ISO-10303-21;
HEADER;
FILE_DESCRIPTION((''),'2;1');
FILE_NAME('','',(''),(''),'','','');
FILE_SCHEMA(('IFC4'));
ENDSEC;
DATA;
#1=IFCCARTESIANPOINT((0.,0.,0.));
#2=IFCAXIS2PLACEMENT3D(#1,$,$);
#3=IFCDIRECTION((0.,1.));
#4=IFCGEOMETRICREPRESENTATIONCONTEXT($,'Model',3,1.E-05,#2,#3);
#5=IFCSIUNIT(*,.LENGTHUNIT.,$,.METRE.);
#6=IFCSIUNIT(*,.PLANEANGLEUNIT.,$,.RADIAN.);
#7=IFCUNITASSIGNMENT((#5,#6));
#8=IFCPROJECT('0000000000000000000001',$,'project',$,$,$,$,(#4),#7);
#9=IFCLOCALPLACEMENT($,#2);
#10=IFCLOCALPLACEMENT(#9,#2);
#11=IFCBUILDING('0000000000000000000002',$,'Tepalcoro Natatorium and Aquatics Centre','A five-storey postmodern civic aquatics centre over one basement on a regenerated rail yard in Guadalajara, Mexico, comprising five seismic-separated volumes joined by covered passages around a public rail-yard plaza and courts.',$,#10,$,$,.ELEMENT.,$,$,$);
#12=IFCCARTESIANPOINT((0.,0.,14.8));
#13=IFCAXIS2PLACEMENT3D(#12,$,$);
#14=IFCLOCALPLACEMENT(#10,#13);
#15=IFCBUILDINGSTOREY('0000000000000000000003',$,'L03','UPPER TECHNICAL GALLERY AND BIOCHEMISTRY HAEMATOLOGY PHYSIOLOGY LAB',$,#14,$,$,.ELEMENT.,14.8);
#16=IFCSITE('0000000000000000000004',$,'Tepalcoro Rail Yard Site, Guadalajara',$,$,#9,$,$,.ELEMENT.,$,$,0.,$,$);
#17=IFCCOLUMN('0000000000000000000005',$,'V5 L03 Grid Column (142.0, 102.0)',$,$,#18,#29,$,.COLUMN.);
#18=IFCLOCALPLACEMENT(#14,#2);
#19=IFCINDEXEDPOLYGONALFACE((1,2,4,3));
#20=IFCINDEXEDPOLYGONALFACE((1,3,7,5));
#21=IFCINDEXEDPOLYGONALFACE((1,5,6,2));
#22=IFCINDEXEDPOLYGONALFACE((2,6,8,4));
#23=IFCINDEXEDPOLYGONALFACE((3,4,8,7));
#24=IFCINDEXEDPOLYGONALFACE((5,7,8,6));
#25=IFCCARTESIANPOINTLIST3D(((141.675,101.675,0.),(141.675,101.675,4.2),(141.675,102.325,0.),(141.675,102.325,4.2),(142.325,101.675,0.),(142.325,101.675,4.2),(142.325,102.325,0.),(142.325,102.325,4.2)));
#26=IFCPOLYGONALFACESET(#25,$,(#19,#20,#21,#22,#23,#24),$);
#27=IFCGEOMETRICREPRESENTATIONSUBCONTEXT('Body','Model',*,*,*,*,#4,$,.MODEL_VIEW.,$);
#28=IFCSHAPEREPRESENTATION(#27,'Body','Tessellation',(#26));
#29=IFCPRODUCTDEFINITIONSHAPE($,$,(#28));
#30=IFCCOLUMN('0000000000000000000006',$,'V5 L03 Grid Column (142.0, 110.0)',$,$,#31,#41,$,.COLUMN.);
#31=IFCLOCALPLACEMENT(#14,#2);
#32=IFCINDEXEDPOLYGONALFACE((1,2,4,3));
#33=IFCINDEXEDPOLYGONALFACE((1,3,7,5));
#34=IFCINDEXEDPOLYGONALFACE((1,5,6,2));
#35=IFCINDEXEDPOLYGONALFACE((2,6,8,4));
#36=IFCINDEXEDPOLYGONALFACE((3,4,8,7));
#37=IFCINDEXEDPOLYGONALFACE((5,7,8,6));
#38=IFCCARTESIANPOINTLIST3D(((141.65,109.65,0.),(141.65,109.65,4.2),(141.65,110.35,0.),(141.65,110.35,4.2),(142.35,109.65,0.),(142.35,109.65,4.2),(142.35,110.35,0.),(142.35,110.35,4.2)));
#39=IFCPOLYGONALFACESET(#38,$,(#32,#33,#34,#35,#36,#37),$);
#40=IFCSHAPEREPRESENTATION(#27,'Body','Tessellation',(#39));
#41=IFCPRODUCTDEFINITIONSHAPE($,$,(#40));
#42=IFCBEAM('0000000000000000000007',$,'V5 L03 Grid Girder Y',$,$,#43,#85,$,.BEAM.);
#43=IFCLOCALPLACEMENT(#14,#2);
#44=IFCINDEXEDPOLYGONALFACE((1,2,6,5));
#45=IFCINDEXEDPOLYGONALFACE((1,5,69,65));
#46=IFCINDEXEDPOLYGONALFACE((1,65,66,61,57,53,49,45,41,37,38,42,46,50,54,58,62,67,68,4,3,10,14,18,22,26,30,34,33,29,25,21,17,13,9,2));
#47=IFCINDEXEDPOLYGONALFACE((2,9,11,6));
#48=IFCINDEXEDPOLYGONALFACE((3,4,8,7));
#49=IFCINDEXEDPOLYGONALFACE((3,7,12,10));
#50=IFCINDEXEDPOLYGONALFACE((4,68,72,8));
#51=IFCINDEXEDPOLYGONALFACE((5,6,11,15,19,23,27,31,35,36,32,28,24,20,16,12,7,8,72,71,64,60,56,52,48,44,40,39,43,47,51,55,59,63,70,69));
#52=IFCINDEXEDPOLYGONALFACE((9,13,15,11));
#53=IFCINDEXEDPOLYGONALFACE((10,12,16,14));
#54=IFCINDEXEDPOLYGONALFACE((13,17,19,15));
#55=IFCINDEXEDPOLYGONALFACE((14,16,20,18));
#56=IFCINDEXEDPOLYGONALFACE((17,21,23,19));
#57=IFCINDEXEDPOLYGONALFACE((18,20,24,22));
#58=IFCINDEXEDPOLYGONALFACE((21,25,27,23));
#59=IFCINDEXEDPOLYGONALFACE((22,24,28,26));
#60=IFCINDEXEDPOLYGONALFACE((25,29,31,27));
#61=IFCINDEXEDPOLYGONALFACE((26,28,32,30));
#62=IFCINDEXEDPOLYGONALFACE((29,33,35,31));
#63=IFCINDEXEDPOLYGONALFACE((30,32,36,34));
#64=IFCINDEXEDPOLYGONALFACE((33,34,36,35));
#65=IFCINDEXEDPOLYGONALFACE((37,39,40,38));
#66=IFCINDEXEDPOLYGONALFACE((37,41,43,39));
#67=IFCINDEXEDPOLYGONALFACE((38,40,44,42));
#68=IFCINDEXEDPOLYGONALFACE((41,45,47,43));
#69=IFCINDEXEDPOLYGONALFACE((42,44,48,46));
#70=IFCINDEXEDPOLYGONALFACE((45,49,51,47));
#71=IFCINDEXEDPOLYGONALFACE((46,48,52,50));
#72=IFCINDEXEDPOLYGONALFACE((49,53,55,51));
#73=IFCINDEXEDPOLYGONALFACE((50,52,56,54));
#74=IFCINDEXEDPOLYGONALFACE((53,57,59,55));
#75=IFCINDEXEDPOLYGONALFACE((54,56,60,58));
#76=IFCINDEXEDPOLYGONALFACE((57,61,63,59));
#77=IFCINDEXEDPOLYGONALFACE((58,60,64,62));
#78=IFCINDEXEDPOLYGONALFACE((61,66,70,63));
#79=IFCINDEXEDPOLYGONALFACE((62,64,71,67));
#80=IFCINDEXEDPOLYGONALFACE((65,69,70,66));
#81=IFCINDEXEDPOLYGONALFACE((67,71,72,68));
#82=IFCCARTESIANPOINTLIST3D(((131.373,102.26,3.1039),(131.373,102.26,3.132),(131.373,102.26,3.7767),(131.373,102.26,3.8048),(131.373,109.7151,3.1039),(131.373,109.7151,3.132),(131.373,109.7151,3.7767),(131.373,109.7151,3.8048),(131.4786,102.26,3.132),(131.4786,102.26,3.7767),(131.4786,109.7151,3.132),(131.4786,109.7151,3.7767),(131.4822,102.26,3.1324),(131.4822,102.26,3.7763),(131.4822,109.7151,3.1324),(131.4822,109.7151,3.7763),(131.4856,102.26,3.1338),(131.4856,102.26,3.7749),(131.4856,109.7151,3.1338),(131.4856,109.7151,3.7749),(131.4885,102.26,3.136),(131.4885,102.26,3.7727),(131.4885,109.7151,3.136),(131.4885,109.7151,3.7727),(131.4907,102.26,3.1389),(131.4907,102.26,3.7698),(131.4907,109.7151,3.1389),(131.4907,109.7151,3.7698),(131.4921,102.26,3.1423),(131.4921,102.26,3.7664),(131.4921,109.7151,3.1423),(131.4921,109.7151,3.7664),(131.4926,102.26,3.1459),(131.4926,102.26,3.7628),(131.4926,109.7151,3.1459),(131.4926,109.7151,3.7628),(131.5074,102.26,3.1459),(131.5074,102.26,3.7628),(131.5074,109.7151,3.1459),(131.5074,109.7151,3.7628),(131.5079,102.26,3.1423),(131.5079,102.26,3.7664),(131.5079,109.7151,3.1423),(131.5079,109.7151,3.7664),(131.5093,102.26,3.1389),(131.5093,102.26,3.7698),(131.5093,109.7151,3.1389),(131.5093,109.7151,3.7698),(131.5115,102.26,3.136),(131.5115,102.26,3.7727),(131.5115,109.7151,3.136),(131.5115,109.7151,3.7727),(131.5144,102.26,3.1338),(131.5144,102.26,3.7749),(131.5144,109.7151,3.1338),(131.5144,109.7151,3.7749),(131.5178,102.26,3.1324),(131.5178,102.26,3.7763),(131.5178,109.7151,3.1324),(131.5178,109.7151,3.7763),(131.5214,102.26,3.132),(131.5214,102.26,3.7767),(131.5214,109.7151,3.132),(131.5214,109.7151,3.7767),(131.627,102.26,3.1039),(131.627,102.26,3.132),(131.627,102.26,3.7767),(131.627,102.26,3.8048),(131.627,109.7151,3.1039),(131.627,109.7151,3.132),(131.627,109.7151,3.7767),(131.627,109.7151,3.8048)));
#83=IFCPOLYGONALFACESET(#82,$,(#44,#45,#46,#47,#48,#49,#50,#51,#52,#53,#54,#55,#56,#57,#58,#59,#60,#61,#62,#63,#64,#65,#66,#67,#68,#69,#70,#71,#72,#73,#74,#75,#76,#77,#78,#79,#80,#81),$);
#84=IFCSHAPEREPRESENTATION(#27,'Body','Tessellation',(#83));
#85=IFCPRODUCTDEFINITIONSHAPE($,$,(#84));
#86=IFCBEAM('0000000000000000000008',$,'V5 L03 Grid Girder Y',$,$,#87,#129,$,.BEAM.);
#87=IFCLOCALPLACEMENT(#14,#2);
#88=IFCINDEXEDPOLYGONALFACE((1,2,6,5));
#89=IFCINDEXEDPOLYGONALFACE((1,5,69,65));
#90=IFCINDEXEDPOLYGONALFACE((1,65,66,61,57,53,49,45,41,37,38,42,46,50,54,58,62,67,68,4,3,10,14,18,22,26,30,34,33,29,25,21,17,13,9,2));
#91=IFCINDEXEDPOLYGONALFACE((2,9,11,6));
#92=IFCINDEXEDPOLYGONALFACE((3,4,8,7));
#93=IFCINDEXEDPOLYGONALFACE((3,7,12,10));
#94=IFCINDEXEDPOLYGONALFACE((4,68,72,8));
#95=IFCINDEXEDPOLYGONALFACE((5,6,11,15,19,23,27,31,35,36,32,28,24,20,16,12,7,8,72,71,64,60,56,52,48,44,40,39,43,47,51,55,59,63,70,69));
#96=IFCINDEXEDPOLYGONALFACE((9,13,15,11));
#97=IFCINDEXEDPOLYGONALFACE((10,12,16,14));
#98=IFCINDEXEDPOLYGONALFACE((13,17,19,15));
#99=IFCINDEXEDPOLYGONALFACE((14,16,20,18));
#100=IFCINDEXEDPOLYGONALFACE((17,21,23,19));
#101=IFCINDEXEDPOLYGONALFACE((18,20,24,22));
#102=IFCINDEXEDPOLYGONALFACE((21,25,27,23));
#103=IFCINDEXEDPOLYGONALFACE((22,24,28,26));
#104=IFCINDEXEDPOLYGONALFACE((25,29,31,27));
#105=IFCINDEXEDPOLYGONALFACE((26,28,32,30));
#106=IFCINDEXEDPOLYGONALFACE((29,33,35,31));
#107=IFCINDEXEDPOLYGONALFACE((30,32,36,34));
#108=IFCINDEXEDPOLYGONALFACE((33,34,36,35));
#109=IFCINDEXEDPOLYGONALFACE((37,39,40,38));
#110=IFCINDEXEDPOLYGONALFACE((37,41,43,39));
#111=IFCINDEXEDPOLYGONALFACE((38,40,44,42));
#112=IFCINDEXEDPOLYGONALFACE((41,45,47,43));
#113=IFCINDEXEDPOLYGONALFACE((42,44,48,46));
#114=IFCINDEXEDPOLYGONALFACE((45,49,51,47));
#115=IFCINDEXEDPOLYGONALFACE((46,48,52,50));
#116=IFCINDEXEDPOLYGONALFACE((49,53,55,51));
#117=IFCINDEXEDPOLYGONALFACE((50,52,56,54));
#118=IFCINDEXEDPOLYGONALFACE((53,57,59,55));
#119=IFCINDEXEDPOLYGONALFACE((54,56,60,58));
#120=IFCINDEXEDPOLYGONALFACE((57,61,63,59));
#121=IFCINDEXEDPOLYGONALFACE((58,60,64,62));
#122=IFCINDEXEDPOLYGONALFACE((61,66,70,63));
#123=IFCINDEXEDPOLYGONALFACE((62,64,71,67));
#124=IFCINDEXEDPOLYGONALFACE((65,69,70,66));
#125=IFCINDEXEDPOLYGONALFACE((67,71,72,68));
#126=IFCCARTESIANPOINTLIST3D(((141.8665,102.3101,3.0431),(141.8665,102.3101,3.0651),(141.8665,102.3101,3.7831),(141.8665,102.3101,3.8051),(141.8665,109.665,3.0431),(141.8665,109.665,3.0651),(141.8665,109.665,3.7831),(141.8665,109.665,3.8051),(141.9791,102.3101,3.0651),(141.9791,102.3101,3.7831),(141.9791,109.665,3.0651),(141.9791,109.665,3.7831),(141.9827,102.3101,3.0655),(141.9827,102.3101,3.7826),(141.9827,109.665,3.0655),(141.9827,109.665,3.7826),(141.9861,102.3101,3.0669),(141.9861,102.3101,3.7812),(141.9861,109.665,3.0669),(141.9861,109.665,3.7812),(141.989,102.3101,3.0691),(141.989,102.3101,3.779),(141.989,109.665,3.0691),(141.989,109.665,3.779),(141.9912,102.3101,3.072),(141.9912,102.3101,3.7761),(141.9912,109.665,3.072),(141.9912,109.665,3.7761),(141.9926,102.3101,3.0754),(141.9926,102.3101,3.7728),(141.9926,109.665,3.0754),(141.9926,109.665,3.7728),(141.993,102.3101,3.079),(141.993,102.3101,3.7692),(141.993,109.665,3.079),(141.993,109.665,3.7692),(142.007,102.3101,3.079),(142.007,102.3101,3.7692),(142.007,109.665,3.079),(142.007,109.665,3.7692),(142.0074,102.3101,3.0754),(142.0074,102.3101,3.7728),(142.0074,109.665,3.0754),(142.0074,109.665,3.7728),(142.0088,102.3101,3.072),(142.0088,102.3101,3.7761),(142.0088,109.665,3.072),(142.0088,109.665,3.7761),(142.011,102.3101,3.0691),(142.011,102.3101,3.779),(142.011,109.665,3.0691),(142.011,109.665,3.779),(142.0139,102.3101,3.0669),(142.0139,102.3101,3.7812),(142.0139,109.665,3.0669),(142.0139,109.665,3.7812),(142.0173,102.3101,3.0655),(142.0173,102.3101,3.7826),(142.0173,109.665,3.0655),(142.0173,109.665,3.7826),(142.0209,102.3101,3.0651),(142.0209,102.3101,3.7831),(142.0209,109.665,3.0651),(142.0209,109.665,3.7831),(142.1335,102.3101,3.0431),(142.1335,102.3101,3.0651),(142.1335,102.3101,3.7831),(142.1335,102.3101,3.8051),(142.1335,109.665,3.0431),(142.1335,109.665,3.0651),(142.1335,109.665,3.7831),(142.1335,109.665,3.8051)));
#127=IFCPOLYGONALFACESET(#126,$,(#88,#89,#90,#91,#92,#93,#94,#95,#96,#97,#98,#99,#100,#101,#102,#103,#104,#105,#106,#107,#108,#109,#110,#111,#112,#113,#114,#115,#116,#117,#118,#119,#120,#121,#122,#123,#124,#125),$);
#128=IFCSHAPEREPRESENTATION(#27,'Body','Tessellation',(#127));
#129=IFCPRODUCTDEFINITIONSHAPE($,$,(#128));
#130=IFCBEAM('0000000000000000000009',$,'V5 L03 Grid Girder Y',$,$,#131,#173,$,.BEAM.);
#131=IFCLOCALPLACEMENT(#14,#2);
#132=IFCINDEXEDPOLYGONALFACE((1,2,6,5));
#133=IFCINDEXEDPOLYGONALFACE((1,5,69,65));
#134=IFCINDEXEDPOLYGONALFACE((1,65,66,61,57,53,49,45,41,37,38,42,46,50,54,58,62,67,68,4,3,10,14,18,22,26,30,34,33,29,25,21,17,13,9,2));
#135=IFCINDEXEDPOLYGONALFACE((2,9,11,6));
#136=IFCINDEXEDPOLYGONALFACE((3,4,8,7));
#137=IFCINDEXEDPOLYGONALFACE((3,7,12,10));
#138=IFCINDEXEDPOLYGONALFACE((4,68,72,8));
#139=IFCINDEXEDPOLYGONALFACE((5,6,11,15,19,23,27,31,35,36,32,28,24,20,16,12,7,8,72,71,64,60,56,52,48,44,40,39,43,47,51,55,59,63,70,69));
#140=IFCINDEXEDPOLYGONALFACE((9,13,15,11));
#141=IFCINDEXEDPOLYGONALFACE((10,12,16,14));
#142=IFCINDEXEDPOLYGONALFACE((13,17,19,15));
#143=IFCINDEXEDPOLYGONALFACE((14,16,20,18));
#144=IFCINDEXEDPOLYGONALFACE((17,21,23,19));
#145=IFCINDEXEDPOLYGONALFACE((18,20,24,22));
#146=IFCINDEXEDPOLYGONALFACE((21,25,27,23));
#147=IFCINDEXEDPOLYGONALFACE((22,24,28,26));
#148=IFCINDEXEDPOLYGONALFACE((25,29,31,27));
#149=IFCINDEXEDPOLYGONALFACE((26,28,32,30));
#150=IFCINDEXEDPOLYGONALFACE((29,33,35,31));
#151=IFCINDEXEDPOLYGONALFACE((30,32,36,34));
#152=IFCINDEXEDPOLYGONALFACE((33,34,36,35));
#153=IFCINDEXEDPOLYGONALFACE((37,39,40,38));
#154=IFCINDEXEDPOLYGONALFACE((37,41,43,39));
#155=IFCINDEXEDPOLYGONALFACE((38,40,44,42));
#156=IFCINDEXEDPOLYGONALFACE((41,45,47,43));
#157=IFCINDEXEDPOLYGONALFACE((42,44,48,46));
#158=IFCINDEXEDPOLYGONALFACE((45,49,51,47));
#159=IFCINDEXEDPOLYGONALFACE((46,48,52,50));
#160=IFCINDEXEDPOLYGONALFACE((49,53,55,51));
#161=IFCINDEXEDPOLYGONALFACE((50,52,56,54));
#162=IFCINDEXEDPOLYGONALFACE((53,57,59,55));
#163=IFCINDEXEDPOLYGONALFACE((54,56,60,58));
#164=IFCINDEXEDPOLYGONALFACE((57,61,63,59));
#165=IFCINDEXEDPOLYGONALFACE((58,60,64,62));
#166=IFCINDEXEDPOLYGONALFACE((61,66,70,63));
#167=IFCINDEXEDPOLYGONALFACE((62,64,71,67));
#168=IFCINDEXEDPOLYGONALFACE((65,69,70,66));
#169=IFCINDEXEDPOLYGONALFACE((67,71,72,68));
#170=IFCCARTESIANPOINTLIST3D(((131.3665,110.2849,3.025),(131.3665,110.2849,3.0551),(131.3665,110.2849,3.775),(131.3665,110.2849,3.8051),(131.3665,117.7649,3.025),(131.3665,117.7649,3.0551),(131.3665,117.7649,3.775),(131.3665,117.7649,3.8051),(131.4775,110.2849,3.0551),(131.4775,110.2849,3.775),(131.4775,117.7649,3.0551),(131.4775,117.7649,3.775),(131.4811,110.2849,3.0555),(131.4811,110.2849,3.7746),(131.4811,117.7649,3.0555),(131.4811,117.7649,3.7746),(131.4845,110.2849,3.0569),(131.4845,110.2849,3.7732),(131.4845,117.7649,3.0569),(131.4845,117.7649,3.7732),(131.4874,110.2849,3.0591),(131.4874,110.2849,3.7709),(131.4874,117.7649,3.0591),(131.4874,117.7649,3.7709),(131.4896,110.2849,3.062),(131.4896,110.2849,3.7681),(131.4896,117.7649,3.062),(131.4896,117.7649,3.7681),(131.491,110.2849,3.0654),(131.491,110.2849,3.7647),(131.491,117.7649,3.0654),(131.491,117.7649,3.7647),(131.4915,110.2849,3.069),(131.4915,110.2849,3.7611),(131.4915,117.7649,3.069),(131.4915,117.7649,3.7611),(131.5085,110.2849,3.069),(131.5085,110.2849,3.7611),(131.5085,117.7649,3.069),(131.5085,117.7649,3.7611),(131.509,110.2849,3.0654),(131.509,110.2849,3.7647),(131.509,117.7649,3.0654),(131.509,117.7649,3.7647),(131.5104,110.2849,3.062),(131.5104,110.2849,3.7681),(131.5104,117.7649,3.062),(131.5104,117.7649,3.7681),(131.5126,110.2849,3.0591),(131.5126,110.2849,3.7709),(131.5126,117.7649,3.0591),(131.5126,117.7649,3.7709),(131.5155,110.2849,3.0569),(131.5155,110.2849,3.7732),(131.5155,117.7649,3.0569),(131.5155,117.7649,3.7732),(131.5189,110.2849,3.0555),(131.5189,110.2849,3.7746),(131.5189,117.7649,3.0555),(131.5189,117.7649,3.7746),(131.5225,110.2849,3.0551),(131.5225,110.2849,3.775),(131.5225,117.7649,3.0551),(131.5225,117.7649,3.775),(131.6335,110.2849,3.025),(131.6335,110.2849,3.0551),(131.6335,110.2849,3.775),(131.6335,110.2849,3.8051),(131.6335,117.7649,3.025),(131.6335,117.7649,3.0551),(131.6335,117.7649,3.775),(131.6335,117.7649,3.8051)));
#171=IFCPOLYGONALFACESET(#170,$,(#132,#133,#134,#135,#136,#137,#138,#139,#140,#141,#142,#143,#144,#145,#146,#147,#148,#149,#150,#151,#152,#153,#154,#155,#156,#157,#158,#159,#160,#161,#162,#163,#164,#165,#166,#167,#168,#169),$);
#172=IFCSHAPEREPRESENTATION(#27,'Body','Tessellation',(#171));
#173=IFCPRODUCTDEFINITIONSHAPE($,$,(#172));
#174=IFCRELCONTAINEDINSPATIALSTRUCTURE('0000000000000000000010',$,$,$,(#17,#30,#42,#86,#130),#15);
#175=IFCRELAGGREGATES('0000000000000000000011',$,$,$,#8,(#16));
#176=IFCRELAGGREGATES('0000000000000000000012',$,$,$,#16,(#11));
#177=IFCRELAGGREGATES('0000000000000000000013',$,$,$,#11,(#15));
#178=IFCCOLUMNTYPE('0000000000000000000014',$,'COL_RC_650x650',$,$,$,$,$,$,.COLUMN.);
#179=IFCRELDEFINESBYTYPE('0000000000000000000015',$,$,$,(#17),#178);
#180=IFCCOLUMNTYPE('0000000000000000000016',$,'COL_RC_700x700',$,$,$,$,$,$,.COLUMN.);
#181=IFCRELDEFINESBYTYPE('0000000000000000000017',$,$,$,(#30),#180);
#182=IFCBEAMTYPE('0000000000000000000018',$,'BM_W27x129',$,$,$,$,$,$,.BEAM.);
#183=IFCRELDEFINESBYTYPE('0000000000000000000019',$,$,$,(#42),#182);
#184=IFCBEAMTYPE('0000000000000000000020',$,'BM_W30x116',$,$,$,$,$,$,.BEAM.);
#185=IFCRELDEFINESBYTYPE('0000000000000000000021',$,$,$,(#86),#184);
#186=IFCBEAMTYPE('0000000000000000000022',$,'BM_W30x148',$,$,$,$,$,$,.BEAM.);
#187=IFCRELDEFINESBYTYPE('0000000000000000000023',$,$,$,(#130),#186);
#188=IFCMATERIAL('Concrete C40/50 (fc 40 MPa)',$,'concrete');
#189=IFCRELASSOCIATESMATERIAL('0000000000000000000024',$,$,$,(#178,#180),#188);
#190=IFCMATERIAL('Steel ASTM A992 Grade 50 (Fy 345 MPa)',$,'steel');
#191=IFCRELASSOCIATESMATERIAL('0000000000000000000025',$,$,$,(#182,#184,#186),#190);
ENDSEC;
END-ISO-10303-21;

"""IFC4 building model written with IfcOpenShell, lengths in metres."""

from ifc_helpers import new_model, si_unit, direction, frame, origin, origin_2d, place, context, subcontext, project, spatial, rectangle, i_section, extrude, material, material_profile, profile_set, type_object, element, save


model = new_model("IFC4")

# Units and contexts
model_context = context("Model", 3, precision=1e-05, world=origin(), true_north=direction((0.0, 1.0)))
body_context = subcontext(model_context, "Body", "Model", "MODEL_VIEW")
ifc_project = project(units=[si_unit("LENGTHUNIT", "METRE"), si_unit("PLANEANGLEUNIT", "RADIAN")], contexts=[model_context])

# Site, building, storey
site_placement = place(None, origin())
site = spatial("IfcSite", under=ifc_project, at=site_placement, Name="Tepalcoro Rail Yard Site, Guadalajara", CompositionType="ELEMENT", RefElevation=0.0)
building_placement = place(site_placement, origin())
building = spatial("IfcBuilding", under=site, at=building_placement, Name="Tepalcoro Natatorium and Aquatics Centre", Description="A five-storey postmodern civic aquatics centre over one basement on a regenerated rail yard in Guadalajara, Mexico, comprising five seismic-separated volumes joined by covered passages around a public rail-yard plaza and courts.", CompositionType="ELEMENT")
storey_placement = place(building_placement, frame((0.0, 0.0, 14.8)))
storey = spatial("IfcBuildingStorey", under=building, at=storey_placement, Name="L03", Description="UPPER TECHNICAL GALLERY AND BIOCHEMISTRY HAEMATOLOGY PHYSIOLOGY LAB", CompositionType="ELEMENT", Elevation=14.8)

# Columns
ifc_material_1 = material(Name="Concrete C40/50 (fc 40 MPa)", Category="concrete")
ifc_material_profile_1 = material_profile(ifc_material_1, rectangle(XDim=0.6499, YDim=0.6499, at=origin_2d()), Name="RC650x650")
ifc_profile_set_1 = profile_set([ifc_material_profile_1], Name="Concrete C40/50 (fc 40 MPa)")
column_type_1 = type_object("IfcColumnType", Name="COL_RC_650x650", PredefinedType="COLUMN", material=ifc_profile_set_1)
column_1_placement = place(storey_placement, frame((142.0, 102.0, 0.0), z_axis=(0.0, 0.0, 1.0), x_axis=(1.0, 0.0, 0.0)))
element("IfcColumn", 1, at=column_1_placement, inside=storey, type_object=column_type_1, Name="V5 L03 Grid Column (142.0, 102.0)", PredefinedType="COLUMN", context=body_context, shape_type="SweptSolid", body=[
    extrude(rectangle(XDim=0.6499, YDim=0.6499, at=origin_2d()), origin(), (0.0, 0.0, 1.0), 4.2),
])
ifc_material_profile_2 = material_profile(ifc_material_1, rectangle(XDim=0.7, YDim=0.7, at=origin_2d()), Name="RC700x700")
ifc_profile_set_2 = profile_set([ifc_material_profile_2], Name="Concrete C40/50 (fc 40 MPa)")
column_type_2 = type_object("IfcColumnType", Name="COL_RC_700x700", PredefinedType="COLUMN", material=ifc_profile_set_2)
column_2_placement = place(storey_placement, frame((142.0, 110.0, 0.0), z_axis=(0.0, 0.0, 1.0), x_axis=(1.0, 0.0, 0.0)))
element("IfcColumn", 2, at=column_2_placement, inside=storey, type_object=column_type_2, Name="V5 L03 Grid Column (142.0, 110.0)", PredefinedType="COLUMN", context=body_context, shape_type="SweptSolid", body=[
    extrude(rectangle(XDim=0.7, YDim=0.7, at=origin_2d()), origin(), (0.0, 0.0, 1.0), 4.2),
])

# Beams
ifc_material_2 = material(Name="Steel ASTM A992 Grade 50 (Fy 345 MPa)", Category="steel")
ifc_material_profile_3 = material_profile(ifc_material_2, i_section(OverallWidth=0.2539, OverallDepth=0.7009, WebThickness=0.0149, FlangeThickness=0.0281, FilletRadius=0.0139, at=origin_2d()), Name="W27X129")
ifc_profile_set_3 = profile_set([ifc_material_profile_3], Name="Steel ASTM A992 Grade 50 (Fy 345 MPa)")
beam_type_1 = type_object("IfcBeamType", Name="BM_W27x129", PredefinedType="BEAM", material=ifc_profile_set_3)
beam_1_placement = place(storey_placement, frame((131.5, 102.26, 3.4543), z_axis=(0.0, 1.0, 0.0), x_axis=(-1.0, 0.0, 0.0)))
element("IfcBeam", 3, at=beam_1_placement, inside=storey, type_object=beam_type_1, Name="V5 L03 Grid Girder Y", PredefinedType="BEAM", context=body_context, shape_type="SweptSolid", body=[
    extrude(i_section(OverallWidth=0.2539, OverallDepth=0.7009, WebThickness=0.0149, FlangeThickness=0.0281, FilletRadius=0.0139, at=origin_2d()), origin(), (0.0, 0.0, 1.0), 7.4551),
])
ifc_material_profile_4 = material_profile(ifc_material_2, i_section(OverallWidth=0.2671, OverallDepth=0.762, WebThickness=0.0139, FlangeThickness=0.022, FilletRadius=0.0139, at=origin_2d()), Name="W30X116")
ifc_profile_set_4 = profile_set([ifc_material_profile_4], Name="Steel ASTM A992 Grade 50 (Fy 345 MPa)")
beam_type_2 = type_object("IfcBeamType", Name="BM_W30x116", PredefinedType="BEAM", material=ifc_profile_set_4)
beam_2_placement = place(storey_placement, frame((142.0, 102.3101, 3.4241), z_axis=(0.0, 1.0, 0.0), x_axis=(-1.0, 0.0, 0.0)))
element("IfcBeam", 4, at=beam_2_placement, inside=storey, type_object=beam_type_2, Name="V5 L03 Grid Girder Y", PredefinedType="BEAM", context=body_context, shape_type="SweptSolid", body=[
    extrude(i_section(OverallWidth=0.2671, OverallDepth=0.762, WebThickness=0.0139, FlangeThickness=0.022, FilletRadius=0.0139, at=origin_2d()), origin(), (0.0, 0.0, 1.0), 7.355),
])
ifc_material_profile_5 = material_profile(ifc_material_2, i_section(OverallWidth=0.2671, OverallDepth=0.78, WebThickness=0.0171, FlangeThickness=0.03, FilletRadius=0.0139, at=origin_2d()), Name="W30X148")
ifc_profile_set_5 = profile_set([ifc_material_profile_5], Name="Steel ASTM A992 Grade 50 (Fy 345 MPa)")
beam_type_3 = type_object("IfcBeamType", Name="BM_W30x148", PredefinedType="BEAM", material=ifc_profile_set_5)
beam_3_placement = place(storey_placement, frame((131.5, 110.2849, 3.415), z_axis=(0.0, 1.0, 0.0), x_axis=(-1.0, 0.0, 0.0)))
element("IfcBeam", 5, at=beam_3_placement, inside=storey, type_object=beam_type_3, Name="V5 L03 Grid Girder Y", PredefinedType="BEAM", context=body_context, shape_type="SweptSolid", body=[
    extrude(i_section(OverallWidth=0.2671, OverallDepth=0.78, WebThickness=0.0171, FlangeThickness=0.03, FilletRadius=0.0139, at=origin_2d()), origin(), (0.0, 0.0, 1.0), 7.48),
])

save(model, "model.ifc")
